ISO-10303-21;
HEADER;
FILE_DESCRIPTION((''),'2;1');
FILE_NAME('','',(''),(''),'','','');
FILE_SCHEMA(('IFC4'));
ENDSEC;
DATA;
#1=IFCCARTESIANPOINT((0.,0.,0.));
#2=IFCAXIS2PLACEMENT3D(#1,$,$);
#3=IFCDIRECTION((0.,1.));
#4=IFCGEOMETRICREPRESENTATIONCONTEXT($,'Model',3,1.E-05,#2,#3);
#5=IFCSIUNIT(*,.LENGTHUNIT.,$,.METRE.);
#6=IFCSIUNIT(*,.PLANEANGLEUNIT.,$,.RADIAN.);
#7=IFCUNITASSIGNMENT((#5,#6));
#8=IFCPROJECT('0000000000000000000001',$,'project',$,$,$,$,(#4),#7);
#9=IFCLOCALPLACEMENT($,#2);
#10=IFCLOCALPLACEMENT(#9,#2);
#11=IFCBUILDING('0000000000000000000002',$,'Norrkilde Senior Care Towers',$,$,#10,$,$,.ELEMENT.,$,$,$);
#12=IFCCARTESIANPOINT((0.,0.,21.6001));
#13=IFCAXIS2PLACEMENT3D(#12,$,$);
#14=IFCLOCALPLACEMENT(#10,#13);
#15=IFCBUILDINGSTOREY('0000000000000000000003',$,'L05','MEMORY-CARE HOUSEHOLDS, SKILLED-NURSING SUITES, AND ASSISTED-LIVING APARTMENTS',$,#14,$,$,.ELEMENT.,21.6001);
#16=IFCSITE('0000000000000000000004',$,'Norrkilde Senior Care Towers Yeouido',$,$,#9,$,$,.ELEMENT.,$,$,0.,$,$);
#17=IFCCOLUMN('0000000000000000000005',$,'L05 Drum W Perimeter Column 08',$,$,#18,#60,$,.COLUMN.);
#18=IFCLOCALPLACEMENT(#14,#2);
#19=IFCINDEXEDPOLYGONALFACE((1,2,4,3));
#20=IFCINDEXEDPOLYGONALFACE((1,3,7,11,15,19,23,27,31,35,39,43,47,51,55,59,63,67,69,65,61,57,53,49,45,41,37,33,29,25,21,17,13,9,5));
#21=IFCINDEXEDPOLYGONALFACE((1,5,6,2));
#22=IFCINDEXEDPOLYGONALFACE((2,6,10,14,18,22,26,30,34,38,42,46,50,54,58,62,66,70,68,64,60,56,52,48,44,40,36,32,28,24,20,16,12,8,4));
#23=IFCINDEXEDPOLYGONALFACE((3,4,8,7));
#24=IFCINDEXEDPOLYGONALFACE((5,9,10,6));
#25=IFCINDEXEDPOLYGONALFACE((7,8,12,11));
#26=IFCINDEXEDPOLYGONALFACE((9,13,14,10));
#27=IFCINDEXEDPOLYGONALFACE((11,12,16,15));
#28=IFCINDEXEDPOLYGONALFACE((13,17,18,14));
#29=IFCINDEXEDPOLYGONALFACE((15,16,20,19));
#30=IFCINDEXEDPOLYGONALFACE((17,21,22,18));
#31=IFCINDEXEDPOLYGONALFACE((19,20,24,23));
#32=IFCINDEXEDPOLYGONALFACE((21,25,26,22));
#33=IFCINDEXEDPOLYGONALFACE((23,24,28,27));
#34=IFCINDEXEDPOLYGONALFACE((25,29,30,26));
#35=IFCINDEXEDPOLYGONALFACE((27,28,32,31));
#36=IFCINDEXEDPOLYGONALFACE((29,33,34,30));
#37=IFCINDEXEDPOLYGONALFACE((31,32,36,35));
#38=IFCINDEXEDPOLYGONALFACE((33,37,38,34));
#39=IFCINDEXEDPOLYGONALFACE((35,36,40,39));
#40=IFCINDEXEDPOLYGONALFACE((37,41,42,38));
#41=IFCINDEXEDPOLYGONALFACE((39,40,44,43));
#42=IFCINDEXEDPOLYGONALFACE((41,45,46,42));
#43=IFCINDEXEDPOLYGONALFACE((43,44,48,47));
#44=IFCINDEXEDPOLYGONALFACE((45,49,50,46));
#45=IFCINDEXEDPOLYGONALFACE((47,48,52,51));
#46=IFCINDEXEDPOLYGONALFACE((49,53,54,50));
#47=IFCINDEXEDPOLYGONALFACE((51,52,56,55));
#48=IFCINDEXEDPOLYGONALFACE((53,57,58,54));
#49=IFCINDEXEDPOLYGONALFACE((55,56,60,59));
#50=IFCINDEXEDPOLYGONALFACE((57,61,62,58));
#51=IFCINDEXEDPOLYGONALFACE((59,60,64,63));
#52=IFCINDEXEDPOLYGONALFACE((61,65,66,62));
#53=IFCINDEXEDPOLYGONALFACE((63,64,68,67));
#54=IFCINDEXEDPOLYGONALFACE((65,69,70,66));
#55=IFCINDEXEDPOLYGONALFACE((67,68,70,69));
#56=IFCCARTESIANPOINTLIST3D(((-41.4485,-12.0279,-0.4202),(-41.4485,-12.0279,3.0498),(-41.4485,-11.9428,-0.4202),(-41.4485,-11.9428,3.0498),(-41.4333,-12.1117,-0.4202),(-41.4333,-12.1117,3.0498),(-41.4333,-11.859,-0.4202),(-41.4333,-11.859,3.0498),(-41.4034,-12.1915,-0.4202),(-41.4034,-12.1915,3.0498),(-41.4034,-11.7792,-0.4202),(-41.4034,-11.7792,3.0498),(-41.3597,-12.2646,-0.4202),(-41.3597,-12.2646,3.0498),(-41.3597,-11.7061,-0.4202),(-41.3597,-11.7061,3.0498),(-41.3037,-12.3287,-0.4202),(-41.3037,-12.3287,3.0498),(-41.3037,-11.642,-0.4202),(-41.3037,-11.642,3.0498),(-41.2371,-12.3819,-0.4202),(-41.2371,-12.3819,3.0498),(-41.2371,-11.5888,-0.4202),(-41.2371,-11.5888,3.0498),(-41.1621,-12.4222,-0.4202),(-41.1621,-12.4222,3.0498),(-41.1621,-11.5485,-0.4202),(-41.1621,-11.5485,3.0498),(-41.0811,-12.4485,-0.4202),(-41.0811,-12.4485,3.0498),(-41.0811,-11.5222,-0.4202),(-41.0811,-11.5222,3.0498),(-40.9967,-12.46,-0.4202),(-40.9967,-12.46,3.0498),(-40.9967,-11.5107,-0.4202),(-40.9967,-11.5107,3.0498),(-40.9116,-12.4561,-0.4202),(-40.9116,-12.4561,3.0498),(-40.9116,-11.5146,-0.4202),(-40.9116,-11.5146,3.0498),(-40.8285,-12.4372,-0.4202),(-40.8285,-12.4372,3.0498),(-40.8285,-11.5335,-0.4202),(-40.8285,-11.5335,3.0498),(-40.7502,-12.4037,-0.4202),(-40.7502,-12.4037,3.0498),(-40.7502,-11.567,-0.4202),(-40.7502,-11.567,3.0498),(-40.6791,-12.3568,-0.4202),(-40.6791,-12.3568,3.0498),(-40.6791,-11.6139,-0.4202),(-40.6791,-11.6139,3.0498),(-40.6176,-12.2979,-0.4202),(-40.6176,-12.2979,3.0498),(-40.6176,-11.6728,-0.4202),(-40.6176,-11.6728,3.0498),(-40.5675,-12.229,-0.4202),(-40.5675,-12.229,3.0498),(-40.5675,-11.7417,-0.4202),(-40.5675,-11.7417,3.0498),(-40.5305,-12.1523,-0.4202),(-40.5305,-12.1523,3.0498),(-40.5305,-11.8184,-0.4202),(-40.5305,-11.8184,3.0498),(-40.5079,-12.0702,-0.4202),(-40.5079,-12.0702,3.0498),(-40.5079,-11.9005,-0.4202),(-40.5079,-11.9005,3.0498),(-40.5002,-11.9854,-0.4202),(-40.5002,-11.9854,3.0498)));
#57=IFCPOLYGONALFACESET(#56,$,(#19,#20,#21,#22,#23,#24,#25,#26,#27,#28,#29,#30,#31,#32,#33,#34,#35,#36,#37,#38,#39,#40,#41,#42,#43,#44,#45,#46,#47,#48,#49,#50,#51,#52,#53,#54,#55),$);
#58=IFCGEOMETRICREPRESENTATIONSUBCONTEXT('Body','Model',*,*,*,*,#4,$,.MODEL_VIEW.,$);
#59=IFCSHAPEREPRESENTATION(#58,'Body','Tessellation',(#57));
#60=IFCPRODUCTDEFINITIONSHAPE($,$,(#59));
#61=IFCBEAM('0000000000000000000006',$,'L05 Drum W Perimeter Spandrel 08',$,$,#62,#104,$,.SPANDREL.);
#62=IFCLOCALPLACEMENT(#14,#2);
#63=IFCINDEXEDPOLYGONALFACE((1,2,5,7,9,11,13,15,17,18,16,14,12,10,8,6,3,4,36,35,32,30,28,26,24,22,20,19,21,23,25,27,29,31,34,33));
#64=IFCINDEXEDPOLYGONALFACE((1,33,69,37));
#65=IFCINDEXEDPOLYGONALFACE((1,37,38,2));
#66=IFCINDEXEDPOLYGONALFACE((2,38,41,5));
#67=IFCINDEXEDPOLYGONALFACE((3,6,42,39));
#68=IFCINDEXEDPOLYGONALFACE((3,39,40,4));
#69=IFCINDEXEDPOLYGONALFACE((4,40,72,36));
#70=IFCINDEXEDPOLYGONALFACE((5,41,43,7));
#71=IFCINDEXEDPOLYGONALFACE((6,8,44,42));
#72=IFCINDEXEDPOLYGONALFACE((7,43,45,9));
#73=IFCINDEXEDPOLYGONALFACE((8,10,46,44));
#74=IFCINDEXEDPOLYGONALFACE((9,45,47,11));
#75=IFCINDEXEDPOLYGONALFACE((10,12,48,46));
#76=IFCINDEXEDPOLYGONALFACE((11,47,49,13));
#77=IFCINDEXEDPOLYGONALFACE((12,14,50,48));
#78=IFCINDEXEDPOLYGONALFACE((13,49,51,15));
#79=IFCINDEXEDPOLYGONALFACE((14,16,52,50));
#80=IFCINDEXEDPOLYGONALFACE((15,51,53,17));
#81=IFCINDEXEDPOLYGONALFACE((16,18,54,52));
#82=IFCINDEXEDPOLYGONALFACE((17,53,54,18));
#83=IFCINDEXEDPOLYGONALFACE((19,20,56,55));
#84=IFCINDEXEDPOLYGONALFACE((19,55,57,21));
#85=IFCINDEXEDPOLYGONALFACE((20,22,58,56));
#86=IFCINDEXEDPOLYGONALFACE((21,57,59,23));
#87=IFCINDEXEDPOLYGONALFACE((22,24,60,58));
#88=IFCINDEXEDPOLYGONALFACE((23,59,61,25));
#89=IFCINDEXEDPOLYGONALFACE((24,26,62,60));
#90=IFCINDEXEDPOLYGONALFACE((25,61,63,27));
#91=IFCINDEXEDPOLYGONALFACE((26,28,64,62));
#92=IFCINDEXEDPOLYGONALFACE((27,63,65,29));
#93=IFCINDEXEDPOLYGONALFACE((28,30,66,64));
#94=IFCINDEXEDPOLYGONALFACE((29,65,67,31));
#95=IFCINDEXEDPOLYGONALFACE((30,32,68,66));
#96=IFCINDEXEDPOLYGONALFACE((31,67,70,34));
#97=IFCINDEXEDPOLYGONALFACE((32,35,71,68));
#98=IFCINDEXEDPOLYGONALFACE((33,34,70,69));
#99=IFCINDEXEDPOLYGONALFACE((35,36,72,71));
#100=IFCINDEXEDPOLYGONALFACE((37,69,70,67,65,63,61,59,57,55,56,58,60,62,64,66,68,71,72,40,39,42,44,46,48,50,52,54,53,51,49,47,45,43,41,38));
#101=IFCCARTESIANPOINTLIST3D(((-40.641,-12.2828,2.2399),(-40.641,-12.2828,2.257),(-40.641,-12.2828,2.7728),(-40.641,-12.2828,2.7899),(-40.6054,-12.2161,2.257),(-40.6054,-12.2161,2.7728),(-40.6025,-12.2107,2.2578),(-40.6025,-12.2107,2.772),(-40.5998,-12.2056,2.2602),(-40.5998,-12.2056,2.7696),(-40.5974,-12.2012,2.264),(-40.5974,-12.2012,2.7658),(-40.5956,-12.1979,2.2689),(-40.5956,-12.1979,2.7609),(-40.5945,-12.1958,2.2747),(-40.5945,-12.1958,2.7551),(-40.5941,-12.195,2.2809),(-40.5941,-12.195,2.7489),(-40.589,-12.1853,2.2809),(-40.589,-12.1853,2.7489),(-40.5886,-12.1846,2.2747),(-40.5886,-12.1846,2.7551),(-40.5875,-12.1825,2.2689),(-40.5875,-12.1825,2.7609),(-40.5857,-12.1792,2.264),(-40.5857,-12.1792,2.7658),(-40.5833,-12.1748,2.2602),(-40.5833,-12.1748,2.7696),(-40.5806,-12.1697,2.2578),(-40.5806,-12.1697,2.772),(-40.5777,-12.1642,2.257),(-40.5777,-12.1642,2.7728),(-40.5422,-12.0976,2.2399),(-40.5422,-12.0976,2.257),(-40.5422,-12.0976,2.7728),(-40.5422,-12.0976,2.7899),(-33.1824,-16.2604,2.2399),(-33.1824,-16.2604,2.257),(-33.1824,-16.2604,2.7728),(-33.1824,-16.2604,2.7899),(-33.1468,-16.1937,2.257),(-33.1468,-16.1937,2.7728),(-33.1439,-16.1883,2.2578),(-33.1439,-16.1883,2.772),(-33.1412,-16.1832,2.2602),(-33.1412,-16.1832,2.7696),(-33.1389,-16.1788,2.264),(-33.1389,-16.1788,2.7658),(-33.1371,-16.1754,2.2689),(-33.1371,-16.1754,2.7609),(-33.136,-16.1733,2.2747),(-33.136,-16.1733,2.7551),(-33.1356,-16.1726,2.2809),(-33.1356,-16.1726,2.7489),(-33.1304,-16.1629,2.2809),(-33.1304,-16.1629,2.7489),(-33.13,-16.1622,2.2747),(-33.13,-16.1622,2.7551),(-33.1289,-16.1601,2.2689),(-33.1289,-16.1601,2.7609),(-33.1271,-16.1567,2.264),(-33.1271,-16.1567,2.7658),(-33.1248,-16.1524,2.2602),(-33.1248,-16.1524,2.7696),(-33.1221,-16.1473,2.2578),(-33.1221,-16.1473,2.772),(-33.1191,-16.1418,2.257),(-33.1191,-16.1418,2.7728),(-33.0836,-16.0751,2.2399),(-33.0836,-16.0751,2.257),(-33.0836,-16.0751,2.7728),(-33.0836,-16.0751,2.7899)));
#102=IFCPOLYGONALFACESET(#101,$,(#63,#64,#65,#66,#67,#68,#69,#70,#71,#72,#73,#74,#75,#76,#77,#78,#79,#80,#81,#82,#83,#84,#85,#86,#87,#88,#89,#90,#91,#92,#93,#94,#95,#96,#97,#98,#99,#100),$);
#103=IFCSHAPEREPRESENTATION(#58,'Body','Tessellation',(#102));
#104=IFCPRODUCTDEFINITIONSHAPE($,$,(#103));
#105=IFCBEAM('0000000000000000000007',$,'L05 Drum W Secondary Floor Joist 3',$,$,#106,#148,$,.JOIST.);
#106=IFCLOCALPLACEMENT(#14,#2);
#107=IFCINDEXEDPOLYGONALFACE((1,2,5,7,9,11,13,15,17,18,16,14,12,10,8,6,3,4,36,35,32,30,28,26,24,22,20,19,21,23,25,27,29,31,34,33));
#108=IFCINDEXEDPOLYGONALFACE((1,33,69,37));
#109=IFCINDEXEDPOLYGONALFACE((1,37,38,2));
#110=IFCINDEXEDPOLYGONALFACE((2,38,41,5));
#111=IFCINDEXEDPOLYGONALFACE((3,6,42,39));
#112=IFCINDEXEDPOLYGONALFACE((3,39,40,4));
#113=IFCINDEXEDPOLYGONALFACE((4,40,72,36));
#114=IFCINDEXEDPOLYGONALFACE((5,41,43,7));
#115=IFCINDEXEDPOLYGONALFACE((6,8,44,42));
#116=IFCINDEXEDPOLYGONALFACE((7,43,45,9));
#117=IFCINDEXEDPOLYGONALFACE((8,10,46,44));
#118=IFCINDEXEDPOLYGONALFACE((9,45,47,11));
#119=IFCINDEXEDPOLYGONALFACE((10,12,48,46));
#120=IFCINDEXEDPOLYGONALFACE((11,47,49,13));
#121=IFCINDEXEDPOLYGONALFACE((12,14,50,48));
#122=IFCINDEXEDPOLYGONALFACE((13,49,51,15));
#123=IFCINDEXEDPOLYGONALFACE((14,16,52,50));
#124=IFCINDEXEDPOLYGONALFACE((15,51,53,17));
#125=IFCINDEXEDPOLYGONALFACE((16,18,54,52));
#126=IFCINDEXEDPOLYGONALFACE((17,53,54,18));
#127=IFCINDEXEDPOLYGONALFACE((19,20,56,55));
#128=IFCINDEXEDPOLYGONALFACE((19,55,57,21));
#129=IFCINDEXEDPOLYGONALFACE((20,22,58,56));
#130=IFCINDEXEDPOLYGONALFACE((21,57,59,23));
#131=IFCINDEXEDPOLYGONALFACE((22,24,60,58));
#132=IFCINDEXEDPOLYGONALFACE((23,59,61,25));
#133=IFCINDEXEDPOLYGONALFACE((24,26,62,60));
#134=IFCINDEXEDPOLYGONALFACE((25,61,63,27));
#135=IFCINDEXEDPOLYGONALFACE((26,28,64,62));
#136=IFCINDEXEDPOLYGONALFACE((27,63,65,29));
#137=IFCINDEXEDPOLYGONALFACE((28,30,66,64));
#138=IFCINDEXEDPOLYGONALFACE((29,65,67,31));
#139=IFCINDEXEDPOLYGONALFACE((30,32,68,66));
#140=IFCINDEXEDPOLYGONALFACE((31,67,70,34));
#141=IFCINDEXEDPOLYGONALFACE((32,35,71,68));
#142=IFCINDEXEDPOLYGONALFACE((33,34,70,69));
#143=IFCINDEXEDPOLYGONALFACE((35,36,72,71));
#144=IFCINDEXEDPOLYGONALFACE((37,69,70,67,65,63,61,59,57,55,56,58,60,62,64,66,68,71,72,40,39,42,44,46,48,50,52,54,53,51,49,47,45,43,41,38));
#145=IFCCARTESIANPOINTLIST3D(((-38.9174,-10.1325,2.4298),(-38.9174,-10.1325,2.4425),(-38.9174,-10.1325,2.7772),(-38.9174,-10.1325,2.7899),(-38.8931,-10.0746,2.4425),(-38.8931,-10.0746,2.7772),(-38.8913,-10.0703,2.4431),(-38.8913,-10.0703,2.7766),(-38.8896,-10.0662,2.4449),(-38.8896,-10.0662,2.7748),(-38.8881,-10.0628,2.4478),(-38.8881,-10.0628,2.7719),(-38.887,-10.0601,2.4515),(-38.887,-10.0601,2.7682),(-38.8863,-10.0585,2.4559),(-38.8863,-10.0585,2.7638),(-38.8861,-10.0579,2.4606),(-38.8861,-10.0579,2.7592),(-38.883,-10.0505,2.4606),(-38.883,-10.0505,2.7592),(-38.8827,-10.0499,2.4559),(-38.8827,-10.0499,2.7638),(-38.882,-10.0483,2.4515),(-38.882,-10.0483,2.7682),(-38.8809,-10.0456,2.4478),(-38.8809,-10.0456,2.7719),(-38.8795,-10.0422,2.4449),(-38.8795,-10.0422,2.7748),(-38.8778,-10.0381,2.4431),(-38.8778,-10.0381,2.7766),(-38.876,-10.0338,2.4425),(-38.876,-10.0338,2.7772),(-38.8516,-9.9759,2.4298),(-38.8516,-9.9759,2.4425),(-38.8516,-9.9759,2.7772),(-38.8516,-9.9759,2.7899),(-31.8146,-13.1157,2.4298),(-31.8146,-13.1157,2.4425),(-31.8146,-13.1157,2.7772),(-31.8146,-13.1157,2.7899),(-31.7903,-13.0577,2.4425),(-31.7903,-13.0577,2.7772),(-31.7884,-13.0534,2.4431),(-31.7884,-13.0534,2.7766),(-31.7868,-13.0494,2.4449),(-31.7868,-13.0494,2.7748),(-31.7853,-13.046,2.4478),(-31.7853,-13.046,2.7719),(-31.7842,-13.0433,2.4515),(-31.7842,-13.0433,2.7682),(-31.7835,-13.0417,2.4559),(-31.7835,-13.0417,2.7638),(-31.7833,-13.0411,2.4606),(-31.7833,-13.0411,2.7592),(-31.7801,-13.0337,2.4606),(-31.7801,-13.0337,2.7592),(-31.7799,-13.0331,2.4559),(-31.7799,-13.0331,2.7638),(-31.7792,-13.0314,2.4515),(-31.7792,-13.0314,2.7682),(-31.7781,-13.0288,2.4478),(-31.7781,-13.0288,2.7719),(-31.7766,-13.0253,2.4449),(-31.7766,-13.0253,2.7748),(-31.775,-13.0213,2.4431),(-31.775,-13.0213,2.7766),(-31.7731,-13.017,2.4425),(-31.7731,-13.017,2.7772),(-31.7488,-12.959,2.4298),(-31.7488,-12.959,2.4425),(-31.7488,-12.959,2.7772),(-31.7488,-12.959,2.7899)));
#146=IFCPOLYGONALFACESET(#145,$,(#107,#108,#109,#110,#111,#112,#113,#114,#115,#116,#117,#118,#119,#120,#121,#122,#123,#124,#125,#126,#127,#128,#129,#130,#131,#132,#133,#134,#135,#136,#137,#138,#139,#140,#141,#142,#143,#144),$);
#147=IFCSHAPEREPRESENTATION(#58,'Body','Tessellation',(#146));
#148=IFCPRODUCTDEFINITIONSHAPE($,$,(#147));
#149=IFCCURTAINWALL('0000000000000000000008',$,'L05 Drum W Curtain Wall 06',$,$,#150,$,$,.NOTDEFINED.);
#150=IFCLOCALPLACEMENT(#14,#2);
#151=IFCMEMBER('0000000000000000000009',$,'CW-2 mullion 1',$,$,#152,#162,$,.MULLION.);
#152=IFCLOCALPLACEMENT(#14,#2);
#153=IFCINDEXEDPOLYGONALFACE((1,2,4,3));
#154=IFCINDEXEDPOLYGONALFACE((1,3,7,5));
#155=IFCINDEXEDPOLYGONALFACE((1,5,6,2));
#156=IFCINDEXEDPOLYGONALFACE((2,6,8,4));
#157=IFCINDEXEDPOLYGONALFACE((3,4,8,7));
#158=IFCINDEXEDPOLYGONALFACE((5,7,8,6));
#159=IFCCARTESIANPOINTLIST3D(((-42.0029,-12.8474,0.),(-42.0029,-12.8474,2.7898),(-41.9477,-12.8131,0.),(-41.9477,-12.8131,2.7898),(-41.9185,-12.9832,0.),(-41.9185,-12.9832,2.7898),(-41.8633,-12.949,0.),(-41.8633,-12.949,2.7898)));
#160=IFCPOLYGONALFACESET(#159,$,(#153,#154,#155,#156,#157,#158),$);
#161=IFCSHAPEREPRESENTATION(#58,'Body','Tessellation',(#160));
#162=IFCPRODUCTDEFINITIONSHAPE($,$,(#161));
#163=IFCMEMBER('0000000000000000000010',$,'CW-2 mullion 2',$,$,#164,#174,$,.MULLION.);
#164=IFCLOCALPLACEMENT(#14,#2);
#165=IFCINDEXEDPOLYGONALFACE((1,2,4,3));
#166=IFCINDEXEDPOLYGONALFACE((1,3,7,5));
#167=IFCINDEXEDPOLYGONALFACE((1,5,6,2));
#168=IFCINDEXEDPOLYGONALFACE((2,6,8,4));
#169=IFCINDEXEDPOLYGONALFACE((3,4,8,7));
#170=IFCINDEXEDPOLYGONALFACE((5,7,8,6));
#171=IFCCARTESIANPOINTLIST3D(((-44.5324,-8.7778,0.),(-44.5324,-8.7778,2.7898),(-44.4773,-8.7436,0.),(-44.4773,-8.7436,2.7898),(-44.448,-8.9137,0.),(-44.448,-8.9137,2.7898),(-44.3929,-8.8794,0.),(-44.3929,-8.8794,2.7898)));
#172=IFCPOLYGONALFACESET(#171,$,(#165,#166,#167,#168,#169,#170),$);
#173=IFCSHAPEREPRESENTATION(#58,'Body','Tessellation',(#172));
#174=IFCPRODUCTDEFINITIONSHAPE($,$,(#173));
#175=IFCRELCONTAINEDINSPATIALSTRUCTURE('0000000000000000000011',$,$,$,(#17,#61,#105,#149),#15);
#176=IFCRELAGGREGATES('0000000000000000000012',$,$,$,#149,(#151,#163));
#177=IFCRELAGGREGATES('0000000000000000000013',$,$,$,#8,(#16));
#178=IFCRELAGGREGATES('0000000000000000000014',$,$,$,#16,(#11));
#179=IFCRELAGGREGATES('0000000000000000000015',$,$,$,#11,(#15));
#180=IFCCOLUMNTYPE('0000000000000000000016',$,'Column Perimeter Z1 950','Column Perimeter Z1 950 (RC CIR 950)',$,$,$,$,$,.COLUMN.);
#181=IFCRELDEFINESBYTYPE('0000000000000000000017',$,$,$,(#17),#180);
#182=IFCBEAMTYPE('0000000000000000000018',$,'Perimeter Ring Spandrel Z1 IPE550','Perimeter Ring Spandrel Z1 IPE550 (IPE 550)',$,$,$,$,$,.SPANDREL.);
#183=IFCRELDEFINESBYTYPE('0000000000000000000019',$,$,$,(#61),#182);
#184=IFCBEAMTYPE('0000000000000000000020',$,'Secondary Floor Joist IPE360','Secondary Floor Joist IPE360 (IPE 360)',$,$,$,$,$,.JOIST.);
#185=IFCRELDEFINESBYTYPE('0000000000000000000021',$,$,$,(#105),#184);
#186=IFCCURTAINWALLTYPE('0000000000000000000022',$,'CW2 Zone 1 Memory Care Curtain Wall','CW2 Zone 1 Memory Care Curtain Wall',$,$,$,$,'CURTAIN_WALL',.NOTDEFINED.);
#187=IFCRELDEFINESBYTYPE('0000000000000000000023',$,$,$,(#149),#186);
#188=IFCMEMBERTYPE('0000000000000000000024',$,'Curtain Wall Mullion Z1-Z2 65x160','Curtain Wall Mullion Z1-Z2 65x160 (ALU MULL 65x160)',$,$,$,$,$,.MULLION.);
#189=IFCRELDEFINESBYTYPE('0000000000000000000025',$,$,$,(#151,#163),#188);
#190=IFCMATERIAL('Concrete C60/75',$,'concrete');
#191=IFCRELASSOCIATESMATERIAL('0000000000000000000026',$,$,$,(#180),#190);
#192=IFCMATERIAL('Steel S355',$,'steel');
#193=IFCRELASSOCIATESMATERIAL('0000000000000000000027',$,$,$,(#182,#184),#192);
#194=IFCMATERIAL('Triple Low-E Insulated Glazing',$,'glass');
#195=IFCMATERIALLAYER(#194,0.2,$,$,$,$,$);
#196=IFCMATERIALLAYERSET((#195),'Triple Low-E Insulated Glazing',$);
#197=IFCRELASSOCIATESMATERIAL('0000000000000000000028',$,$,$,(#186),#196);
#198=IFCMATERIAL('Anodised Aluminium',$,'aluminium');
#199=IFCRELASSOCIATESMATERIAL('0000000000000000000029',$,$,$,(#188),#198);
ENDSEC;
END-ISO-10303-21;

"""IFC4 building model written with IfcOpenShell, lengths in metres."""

from ifc_helpers import new_model, si_unit, direction, frame, origin, origin_2d, place, context, subcontext, project, spatial, rectangle, circle, i_section, extrude, source, transform, mapped, material, layer, layer_set, material_profile, profile_set, type_object, type_shapes, element, aggregate, save


model = new_model("IFC4")

# Units and contexts
model_context = context("Model", 3, precision=1e-05, world=origin(), true_north=direction((0.0, 1.0)))
body_context = subcontext(model_context, "Body", "Model", "MODEL_VIEW")
ifc_project = project(units=[si_unit("LENGTHUNIT", "METRE"), si_unit("PLANEANGLEUNIT", "RADIAN")], contexts=[model_context])

# Site, building, storey
site_placement = place(None, origin())
site = spatial("IfcSite", under=ifc_project, at=site_placement, Name="Norrkilde Senior Care Towers Yeouido", CompositionType="ELEMENT", RefElevation=0.0)
building_placement = place(site_placement, origin())
building = spatial("IfcBuilding", under=site, at=building_placement, Name="Norrkilde Senior Care Towers", CompositionType="ELEMENT")
storey_placement = place(building_placement, frame((0.0, 0.0, 21.6001)))
storey = spatial("IfcBuildingStorey", under=building, at=storey_placement, Name="L05", Description="MEMORY-CARE HOUSEHOLDS, SKILLED-NURSING SUITES, AND ASSISTED-LIVING APARTMENTS", CompositionType="ELEMENT", Elevation=21.6001)

# Column
ifc_material_1 = material(Name="Concrete C60/75", Category="concrete")
ifc_material_profile_1 = material_profile(ifc_material_1, circle(Radius=0.4751, at=origin_2d()), Name="RC CIR 950")
ifc_profile_set_1 = profile_set([ifc_material_profile_1], Name="Concrete C60/75")
column_type = type_object("IfcColumnType", Name="Column Perimeter Z1 950", Description="Column Perimeter Z1 950 (RC CIR 950)", PredefinedType="COLUMN", material=ifc_profile_set_1)
shared_shape_1 = source(origin(), body_context, "Body", "SweptSolid", [
    extrude(circle(Radius=0.4751, at=origin_2d()), origin(), (0.0, 0.0, 1.0), 3.47),
])
type_shapes(column_type, [shared_shape_1])
column_placement = place(storey_placement, frame((-40.9753, -11.9854, -0.4202), z_axis=(0.0, 0.0, 1.0), x_axis=(1.0, 0.0, 0.0)))
element("IfcColumn", 1, at=column_placement, inside=storey, type_object=column_type, Name="L05 Drum W Perimeter Column 08", PredefinedType="COLUMN", context=body_context, shape_type="MappedRepresentation", body=[
    mapped(shared_shape_1, transform((0.0, 0.0, 0.0), x_axis=(1.0, 0.0, 0.0), y_axis=(0.0, 1.0, 0.0), z_axis=(0.0, 0.0, 1.0), scale=1.0)),
])

# Beams
ifc_material_2 = material(Name="Steel S355", Category="steel")
ifc_material_profile_2 = material_profile(ifc_material_2, i_section(OverallWidth=0.21, OverallDepth=0.55, WebThickness=0.011, FlangeThickness=0.0171, FilletRadius=0.0239, at=origin_2d()), Name="IPE 550")
ifc_profile_set_2 = profile_set([ifc_material_profile_2], Name="Steel S355")
beam_type_1 = type_object("IfcBeamType", Name="Perimeter Ring Spandrel Z1 IPE550", Description="Perimeter Ring Spandrel Z1 IPE550 (IPE 550)", PredefinedType="SPANDREL", material=ifc_profile_set_2)
shared_shape_2 = source(origin(), body_context, "Body", "SweptSolid", [
    extrude(i_section(OverallWidth=0.21, OverallDepth=0.55, WebThickness=0.011, FlangeThickness=0.0171, FilletRadius=0.0239, at=origin_2d()), origin(), (0.0, 0.0, 1.0), 8.4529),
])
type_shapes(beam_type_1, [shared_shape_2])
beam_1_placement = place(storey_placement, frame((-40.5916, -12.1902, 2.5149), z_axis=(0.882369, -0.470558, 0.0), x_axis=(0.470558, 0.882369, 0.0)))
element("IfcBeam", 2, at=beam_1_placement, inside=storey, type_object=beam_type_1, Name="L05 Drum W Perimeter Spandrel 08", PredefinedType="SPANDREL", context=body_context, shape_type="MappedRepresentation", body=[
    mapped(shared_shape_2, transform((0.0, 0.0, 0.0), x_axis=(1.0, 0.0, 0.0), y_axis=(0.0, 1.0, 0.0), z_axis=(0.0, 0.0, 1.0), scale=1.0)),
])
ifc_material_profile_3 = material_profile(ifc_material_2, i_section(OverallWidth=0.1699, OverallDepth=0.3601, WebThickness=0.0081, FlangeThickness=0.0127, FilletRadius=0.0181, at=origin_2d()), Name="IPE 360")
ifc_profile_set_3 = profile_set([ifc_material_profile_3], Name="Steel S355")
beam_type_2 = type_object("IfcBeamType", Name="Secondary Floor Joist IPE360", Description="Secondary Floor Joist IPE360 (IPE 360)", PredefinedType="JOIST", material=ifc_profile_set_3)
shared_shape_3 = source(origin(), body_context, "Body", "SweptSolid", [
    extrude(i_section(OverallWidth=0.1699, OverallDepth=0.3601, WebThickness=0.0081, FlangeThickness=0.0127, FilletRadius=0.0181, at=origin_2d()), origin(), (0.0, 0.0, 1.0), 7.7039),
])
type_shapes(beam_type_2, [shared_shape_3])
beam_2_placement = place(storey_placement, frame((-38.8845, -10.0542, 2.6099), z_axis=(0.921983, -0.387231, 0.0), x_axis=(0.387231, 0.921983, 0.0)))
element("IfcBeam", 3, at=beam_2_placement, inside=storey, type_object=beam_type_2, Name="L05 Drum W Secondary Floor Joist 3", PredefinedType="JOIST", context=body_context, shape_type="MappedRepresentation", body=[
    mapped(shared_shape_3, transform((0.0, 0.0, 0.0), x_axis=(1.0, 0.0, 0.0), y_axis=(0.0, 1.0, 0.0), z_axis=(0.0, 0.0, 1.0), scale=1.0)),
])

# Curtain wall, members
ifc_material_3 = material(Name="Triple Low-E Insulated Glazing", Category="glass")
ifc_layer_1 = layer(ifc_material_3, 0.2)
ifc_layer_set_1 = layer_set([ifc_layer_1], Name="Triple Low-E Insulated Glazing")
curtain_wall_type = type_object("IfcCurtainWallType", Name="CW2 Zone 1 Memory Care Curtain Wall", Description="CW2 Zone 1 Memory Care Curtain Wall", ElementType="CURTAIN_WALL", PredefinedType="NOTDEFINED", material=ifc_layer_set_1)
curtain_wall_1_placement = place(storey_placement, origin())
curtain_wall_1 = element("IfcCurtainWall", 4, at=curtain_wall_1_placement, inside=storey, type_object=curtain_wall_type, Name="L05 Drum W Curtain Wall 06", PredefinedType="NOTDEFINED")
ifc_material_4 = material(Name="Anodised Aluminium", Category="aluminium")
ifc_material_profile_4 = material_profile(ifc_material_4, rectangle(XDim=0.0649, YDim=0.1599, at=origin_2d()), Name="ALU MULL 65x160")
ifc_profile_set_4 = profile_set([ifc_material_profile_4], Name="Anodised Aluminium")
member_type_1 = type_object("IfcMemberType", Name="Curtain Wall Mullion Z1-Z2 65x160", Description="Curtain Wall Mullion Z1-Z2 65x160 (ALU MULL 65x160)", PredefinedType="MULLION", material=ifc_profile_set_4)
shared_shape_4 = source(origin(), body_context, "Body", "SweptSolid", [
    extrude(rectangle(XDim=0.0649, YDim=0.1599, at=origin_2d()), origin(), (0.0, 0.0, 1.0), 2.7898),
])
type_shapes(member_type_1, [shared_shape_4])
member_1_placement = place(storey_placement, frame((-41.9331, -12.8982, 0.0), z_axis=(0.0, 0.0, 1.0), x_axis=(-0.849306, -0.527901, 0.0)))
member_1 = element("IfcMember", 5, at=member_1_placement, type_object=member_type_1, Name="CW-2 mullion 1", PredefinedType="MULLION", context=body_context, shape_type="MappedRepresentation", body=[
    mapped(shared_shape_4, transform((0.0, 0.0, 0.0), x_axis=(1.0, 0.0, 0.0), y_axis=(0.0, 1.0, 0.0), z_axis=(0.0, 0.0, 1.0), scale=1.0)),
])
member_2_placement = place(storey_placement, frame((-44.4626, -8.8286, 0.0), z_axis=(0.0, 0.0, 1.0), x_axis=(-0.849306, -0.527901, 0.0)))
member_2 = element("IfcMember", 6, at=member_2_placement, type_object=member_type_1, Name="CW-2 mullion 2", PredefinedType="MULLION", context=body_context, shape_type="MappedRepresentation", body=[
    mapped(shared_shape_4, transform((0.0, 0.0, 0.0), x_axis=(1.0, 0.0, 0.0), y_axis=(0.0, 1.0, 0.0), z_axis=(0.0, 0.0, 1.0), scale=1.0)),
])

aggregate(curtain_wall_1, [member_1, member_2])

save(model, "model.ifc")
